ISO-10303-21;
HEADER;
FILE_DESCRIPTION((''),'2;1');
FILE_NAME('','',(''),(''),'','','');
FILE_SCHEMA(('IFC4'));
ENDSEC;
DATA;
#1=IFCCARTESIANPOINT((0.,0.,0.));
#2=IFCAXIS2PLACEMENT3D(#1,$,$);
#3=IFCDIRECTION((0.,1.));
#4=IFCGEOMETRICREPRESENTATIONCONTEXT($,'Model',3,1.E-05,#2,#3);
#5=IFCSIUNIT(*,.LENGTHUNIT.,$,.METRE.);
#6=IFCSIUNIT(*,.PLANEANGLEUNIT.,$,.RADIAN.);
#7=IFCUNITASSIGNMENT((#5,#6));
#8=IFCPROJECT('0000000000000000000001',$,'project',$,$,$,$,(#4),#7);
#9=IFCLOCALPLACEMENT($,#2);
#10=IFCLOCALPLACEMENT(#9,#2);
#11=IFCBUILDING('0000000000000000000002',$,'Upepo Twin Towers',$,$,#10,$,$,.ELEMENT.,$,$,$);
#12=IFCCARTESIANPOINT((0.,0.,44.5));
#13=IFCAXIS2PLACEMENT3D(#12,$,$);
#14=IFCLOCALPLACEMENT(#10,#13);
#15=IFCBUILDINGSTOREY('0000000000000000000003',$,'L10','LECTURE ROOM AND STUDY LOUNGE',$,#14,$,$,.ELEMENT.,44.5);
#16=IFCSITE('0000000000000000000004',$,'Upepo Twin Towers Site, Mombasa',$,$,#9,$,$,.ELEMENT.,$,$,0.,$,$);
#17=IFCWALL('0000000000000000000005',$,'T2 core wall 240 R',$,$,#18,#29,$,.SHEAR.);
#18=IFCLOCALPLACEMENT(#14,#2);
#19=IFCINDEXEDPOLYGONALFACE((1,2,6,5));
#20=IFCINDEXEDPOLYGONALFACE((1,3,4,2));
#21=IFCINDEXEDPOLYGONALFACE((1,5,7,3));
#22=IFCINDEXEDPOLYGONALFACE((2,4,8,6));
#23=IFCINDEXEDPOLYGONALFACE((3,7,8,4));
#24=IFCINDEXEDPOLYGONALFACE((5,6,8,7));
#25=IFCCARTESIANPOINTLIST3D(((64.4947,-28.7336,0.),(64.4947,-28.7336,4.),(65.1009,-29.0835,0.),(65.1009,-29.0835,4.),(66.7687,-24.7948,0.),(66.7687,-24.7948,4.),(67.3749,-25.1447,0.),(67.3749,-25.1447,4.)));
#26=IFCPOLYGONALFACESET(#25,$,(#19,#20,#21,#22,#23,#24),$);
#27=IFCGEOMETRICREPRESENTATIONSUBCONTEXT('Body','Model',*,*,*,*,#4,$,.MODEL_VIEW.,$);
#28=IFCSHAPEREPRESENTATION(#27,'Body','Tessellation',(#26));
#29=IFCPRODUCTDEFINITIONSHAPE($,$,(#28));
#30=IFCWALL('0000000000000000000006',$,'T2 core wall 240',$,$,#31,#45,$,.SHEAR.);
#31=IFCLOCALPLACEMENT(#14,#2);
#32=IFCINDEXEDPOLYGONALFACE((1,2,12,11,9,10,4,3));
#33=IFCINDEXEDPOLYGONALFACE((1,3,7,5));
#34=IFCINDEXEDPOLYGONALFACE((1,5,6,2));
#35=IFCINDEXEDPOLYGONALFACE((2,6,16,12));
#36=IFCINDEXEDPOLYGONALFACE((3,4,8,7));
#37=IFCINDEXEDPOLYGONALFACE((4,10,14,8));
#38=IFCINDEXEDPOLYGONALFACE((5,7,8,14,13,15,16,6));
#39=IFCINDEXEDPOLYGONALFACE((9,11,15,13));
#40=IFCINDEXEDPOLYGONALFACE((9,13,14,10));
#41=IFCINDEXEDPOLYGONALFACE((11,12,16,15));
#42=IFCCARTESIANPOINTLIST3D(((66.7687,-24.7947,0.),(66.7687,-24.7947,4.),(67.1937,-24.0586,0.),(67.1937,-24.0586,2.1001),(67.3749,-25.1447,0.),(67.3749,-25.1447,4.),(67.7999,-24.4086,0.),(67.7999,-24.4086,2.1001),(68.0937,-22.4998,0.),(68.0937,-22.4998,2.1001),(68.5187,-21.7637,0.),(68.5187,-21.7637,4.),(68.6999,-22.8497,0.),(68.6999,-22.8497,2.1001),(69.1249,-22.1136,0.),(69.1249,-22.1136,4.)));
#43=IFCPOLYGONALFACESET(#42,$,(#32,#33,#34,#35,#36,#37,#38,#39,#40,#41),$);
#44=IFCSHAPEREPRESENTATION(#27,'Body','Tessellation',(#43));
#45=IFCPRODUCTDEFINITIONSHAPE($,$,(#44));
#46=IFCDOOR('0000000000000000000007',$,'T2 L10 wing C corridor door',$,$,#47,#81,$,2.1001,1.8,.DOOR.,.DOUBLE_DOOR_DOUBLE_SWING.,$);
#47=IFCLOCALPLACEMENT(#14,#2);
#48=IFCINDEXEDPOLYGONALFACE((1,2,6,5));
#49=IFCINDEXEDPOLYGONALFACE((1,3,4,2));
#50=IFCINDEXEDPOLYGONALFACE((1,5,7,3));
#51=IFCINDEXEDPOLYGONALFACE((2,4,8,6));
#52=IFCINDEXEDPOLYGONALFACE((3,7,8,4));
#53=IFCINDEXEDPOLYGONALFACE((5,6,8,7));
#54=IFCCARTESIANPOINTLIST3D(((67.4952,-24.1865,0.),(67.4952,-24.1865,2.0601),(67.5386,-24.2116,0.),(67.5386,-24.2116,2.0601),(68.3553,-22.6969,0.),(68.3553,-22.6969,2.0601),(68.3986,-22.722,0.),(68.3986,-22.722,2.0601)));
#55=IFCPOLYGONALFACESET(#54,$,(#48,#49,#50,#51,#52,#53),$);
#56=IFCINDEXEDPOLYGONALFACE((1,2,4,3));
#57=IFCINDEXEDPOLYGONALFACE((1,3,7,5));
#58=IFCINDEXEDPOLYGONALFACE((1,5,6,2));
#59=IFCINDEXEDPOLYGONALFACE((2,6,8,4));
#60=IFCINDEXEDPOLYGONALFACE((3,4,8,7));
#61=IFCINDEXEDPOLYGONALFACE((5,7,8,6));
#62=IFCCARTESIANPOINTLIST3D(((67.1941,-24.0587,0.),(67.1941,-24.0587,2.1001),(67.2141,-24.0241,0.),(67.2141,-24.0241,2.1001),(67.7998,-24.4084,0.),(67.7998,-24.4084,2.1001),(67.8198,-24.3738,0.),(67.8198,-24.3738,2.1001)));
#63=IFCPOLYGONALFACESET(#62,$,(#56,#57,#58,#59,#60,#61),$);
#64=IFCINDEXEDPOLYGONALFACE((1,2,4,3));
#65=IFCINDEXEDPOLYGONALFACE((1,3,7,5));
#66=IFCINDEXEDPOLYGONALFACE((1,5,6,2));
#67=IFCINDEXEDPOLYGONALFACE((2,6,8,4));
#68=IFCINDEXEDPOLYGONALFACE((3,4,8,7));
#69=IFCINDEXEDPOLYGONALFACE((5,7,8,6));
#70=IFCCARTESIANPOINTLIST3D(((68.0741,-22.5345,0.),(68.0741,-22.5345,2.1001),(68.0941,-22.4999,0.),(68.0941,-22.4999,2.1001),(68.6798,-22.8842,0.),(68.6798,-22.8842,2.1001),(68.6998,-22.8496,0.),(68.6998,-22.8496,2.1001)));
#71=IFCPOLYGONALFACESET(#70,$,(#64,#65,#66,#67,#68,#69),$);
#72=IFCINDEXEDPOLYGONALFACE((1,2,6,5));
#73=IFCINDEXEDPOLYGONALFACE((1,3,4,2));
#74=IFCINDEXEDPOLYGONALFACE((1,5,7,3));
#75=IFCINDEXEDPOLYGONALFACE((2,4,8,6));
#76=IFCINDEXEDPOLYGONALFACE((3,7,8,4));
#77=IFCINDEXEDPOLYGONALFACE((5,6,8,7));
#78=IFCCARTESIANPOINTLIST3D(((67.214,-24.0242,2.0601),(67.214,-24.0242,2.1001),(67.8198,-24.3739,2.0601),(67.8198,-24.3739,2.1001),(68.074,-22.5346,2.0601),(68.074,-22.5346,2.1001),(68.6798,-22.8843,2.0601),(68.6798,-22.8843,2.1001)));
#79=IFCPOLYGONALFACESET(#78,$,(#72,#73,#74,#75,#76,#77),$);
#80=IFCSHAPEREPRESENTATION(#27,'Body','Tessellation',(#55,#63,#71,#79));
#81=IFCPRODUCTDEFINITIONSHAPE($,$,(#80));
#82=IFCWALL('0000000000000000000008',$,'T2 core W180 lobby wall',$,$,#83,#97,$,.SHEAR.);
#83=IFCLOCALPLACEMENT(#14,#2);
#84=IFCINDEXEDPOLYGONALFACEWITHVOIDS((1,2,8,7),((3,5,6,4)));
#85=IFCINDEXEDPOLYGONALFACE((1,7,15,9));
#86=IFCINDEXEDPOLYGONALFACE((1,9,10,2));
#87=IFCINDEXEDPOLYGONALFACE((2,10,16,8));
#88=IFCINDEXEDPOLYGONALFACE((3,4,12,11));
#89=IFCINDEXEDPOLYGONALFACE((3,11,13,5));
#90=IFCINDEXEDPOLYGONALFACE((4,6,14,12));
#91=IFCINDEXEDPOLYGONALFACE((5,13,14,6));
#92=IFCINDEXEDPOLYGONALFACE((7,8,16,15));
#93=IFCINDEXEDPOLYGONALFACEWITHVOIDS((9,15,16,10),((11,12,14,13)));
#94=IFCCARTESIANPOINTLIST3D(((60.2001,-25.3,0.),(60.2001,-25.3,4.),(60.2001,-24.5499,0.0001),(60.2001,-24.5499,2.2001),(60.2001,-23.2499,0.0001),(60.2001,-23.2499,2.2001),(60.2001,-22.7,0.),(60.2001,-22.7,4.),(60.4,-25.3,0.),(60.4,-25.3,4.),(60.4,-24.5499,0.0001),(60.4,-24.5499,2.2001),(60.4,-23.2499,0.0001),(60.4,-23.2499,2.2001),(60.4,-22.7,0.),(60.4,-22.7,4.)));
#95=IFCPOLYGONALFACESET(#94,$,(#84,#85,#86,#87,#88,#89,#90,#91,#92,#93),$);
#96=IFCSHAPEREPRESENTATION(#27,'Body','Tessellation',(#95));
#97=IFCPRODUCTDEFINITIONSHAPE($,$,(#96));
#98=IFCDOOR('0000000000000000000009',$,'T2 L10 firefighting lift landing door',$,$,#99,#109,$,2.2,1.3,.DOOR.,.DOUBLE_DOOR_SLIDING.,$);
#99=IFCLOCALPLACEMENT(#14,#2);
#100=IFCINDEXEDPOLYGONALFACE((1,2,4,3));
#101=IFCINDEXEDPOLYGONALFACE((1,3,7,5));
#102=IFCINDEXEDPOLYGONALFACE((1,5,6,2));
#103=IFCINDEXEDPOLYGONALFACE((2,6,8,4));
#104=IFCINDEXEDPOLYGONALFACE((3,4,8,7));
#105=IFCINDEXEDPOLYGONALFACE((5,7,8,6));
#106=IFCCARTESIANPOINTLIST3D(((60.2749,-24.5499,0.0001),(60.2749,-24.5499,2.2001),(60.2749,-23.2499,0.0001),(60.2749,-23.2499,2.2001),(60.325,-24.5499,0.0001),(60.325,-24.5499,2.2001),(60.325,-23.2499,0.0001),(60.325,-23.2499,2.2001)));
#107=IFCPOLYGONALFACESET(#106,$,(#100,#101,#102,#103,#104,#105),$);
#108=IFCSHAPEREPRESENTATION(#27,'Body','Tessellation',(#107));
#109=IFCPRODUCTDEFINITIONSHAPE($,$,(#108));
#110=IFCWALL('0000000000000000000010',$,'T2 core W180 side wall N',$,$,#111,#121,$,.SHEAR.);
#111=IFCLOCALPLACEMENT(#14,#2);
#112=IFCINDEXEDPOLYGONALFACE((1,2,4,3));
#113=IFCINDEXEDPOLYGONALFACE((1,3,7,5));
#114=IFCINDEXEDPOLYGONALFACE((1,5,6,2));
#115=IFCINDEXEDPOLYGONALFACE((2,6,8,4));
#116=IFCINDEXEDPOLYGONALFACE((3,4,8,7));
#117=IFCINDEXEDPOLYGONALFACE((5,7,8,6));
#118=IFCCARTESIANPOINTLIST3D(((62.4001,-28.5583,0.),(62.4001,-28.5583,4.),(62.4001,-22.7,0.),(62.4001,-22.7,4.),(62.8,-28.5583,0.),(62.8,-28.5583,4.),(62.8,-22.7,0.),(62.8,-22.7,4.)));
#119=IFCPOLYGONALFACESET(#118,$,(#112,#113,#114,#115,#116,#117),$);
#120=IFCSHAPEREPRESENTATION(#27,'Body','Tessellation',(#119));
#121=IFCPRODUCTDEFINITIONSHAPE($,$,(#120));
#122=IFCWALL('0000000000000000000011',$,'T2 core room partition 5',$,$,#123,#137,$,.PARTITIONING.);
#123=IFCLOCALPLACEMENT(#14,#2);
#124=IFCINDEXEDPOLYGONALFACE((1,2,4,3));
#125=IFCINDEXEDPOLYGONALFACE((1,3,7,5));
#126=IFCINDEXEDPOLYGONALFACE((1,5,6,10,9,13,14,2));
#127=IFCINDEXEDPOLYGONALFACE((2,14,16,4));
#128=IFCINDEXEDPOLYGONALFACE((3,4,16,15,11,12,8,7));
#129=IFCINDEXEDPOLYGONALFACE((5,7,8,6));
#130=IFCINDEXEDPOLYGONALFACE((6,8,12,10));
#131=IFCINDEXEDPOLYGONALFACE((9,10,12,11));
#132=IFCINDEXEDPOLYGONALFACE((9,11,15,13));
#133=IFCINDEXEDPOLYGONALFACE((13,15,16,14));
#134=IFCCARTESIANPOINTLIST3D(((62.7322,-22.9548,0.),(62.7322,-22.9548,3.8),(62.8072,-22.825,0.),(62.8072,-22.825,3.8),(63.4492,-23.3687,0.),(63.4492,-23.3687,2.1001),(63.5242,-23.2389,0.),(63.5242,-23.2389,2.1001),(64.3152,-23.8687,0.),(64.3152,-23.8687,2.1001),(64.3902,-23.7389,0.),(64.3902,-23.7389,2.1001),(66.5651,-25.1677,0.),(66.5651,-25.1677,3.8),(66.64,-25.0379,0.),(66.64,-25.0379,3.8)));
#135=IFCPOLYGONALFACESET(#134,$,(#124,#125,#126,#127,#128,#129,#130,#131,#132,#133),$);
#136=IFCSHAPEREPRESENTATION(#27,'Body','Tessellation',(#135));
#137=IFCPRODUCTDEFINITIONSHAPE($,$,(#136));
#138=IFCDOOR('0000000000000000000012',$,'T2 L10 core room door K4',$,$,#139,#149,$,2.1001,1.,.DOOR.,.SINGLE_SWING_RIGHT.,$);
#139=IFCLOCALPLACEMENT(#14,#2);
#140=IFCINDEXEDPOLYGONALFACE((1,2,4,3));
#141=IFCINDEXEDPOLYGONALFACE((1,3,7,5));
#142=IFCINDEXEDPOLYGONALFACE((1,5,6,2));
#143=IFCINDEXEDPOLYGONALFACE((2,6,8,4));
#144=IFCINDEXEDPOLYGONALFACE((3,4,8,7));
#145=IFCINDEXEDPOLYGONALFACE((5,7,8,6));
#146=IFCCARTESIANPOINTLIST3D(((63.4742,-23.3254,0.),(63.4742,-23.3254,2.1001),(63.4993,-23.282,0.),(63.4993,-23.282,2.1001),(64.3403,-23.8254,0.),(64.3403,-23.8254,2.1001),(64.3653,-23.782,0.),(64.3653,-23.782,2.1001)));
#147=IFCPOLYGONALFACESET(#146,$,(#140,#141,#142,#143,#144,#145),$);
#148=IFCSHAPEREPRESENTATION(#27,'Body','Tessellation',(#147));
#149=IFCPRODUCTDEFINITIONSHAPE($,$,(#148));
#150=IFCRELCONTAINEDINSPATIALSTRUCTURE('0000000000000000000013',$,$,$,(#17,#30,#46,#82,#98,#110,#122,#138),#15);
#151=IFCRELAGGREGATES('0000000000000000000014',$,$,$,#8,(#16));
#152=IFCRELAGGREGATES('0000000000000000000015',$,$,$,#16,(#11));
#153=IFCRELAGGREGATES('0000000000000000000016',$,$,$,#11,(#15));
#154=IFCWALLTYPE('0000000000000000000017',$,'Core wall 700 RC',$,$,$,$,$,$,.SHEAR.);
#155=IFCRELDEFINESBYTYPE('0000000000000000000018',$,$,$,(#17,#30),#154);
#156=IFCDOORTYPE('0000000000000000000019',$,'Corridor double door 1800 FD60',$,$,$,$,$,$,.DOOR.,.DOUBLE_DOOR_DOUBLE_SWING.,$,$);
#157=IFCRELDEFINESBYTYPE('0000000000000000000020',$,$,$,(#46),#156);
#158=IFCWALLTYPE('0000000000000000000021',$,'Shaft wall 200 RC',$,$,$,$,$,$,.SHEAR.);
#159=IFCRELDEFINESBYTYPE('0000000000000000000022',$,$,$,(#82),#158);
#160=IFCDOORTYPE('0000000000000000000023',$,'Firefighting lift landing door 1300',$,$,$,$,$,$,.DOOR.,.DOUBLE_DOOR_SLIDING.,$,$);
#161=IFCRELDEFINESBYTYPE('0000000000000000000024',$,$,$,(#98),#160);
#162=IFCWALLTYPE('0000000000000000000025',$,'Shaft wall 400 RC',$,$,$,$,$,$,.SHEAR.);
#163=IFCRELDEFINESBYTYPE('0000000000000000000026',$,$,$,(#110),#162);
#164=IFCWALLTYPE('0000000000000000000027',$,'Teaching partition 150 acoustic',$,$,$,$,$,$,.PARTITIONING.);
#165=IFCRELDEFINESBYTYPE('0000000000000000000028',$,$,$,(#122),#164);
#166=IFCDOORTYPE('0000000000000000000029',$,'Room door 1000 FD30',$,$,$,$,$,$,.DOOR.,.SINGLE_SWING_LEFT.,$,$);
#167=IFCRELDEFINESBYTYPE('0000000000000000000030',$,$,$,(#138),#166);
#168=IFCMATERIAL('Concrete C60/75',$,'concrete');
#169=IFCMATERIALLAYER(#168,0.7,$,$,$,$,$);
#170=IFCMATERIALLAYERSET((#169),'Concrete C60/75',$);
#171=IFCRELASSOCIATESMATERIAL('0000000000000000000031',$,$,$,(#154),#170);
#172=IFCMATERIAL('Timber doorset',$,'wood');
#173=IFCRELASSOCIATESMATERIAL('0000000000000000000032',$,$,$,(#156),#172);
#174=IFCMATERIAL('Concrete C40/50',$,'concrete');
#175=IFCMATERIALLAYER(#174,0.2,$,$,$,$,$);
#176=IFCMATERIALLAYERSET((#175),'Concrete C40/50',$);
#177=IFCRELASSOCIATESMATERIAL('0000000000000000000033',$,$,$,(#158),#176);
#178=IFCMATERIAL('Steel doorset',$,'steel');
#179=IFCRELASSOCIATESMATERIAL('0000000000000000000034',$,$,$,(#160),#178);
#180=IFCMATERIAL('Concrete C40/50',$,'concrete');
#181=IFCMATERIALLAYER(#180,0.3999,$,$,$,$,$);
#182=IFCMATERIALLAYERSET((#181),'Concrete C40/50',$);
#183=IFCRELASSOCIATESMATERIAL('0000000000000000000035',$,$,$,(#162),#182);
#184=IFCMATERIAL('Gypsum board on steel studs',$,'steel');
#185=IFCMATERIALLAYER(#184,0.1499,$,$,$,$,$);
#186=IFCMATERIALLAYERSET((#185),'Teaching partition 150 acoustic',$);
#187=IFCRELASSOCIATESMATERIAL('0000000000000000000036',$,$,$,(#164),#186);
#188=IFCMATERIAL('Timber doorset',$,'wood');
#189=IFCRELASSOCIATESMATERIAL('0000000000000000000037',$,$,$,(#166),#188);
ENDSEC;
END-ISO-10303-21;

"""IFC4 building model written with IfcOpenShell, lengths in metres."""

from ifc_helpers import new_model, si_unit, direction, frame, frame_2d, origin, place, context, subcontext, project, spatial, rectangle, extrude, material, layer, layer_set, type_object, element, fill, save


model = new_model("IFC4")

# Units and contexts
model_context = context("Model", 3, precision=1e-05, world=origin(), true_north=direction((0.0, 1.0)))
body_context = subcontext(model_context, "Body", "Model", "MODEL_VIEW")
ifc_project = project(units=[si_unit("LENGTHUNIT", "METRE"), si_unit("PLANEANGLEUNIT", "RADIAN")], contexts=[model_context])

# Site, building, storey
site_placement = place(None, origin())
site = spatial("IfcSite", under=ifc_project, at=site_placement, Name="Upepo Twin Towers Site, Mombasa", CompositionType="ELEMENT", RefElevation=0.0)
building_placement = place(site_placement, origin())
building = spatial("IfcBuilding", under=site, at=building_placement, Name="Upepo Twin Towers", CompositionType="ELEMENT")
storey_placement = place(building_placement, frame((0.0, 0.0, 44.5)))
storey = spatial("IfcBuildingStorey", under=building, at=storey_placement, Name="L10", Description="LECTURE ROOM AND STUDY LOUNGE", CompositionType="ELEMENT", Elevation=44.5)

# Wall
ifc_material_1 = material(Name="Concrete C60/75", Category="concrete")
ifc_layer_1 = layer(ifc_material_1, 0.7)
ifc_layer_set_1 = layer_set([ifc_layer_1], Name="Concrete C60/75")
wall_type_1 = type_object("IfcWallType", Name="Core wall 700 RC", PredefinedType="SHEAR", material=ifc_layer_set_1)
wall_1_placement = place(storey_placement, frame((64.7979, -28.9084, 0.0), z_axis=(0.0, 0.0, 1.0), x_axis=(0.499984, 0.866035, 0.0)))
element("IfcWall", 1, at=wall_1_placement, inside=storey, type_object=wall_type_1, Name="T2 core wall 240 R", PredefinedType="SHEAR", context=body_context, shape_type="SweptSolid", body=[
    extrude(rectangle(XDim=4.5481, YDim=0.7, at=frame_2d((2.2739, 0.0))), origin(), (0.0, 0.0, 1.0), 4.0),
])

# Walls, openings, doors
wall_2_placement = place(storey_placement, frame((67.0718, -24.9697, 0.0), z_axis=(0.0, 0.0, 1.0), x_axis=(0.50001, 0.866019, 0.0)))
wall_2 = element("IfcWall", 2, at=wall_2_placement, inside=storey, type_object=wall_type_1, Name="T2 core wall 240", PredefinedType="SHEAR", context=body_context, shape_type="SweptSolid", body=[
    extrude(rectangle(XDim=3.5, YDim=0.7, at=frame_2d((1.75, 0.0))), origin(), (0.0, 0.0, 1.0), 4.0),
])
opening_1_placement = place(wall_2_placement, frame((0.8501, 0.0, 0.0)))
opening_1 = element("IfcOpeningElement", 3, at=opening_1_placement, cuts=wall_2, PredefinedType="OPENING", context=body_context, shape_type="SweptSolid", body=[
    extrude(rectangle(XDim=1.8, YDim=2.1001, at=frame_2d((0.8999, 1.05))), frame((0.0, 0.3599, 0.0), z_axis=(0.0, -1.0, 0.0), x_axis=(1.0, 0.0, 0.0)), (0.0, 0.0, 1.0), 0.72),
])
ifc_material_2 = material(Name="Timber doorset", Category="wood")
door_type_1 = type_object("IfcDoorType", Name="Corridor double door 1800 FD60", OperationType="DOUBLE_DOOR_DOUBLE_SWING", PredefinedType="DOOR", material=ifc_material_2)
door_1_placement = place(opening_1_placement, origin())
door_1 = element("IfcDoor", 4, at=door_1_placement, inside=storey, type_object=door_type_1, Name="T2 L10 wing C corridor door", OperationType="DOUBLE_DOOR_DOUBLE_SWING", OverallHeight=2.1001, OverallWidth=1.8, PredefinedType="DOOR", context=body_context, shape_type="SweptSolid", body=[
    extrude(rectangle(XDim=1.72, YDim=2.0601, at=frame_2d((0.8999, 1.03))), frame((0.0, 0.0249, 0.0), z_axis=(0.0, -1.0, 0.0), x_axis=(1.0, 0.0, 0.0)), (0.0, 0.0, 1.0), 0.05),
    extrude(rectangle(XDim=0.04, YDim=2.1001, at=frame_2d((0.02, 1.05))), frame((0.0, 0.3496, 0.0), z_axis=(0.0, -1.0, 0.0), x_axis=(1.0, 0.0, 0.0)), (0.0, 0.0, 1.0), 0.6995),
    extrude(rectangle(XDim=0.04, YDim=2.1001, at=frame_2d((1.78, 1.05))), frame((0.0, 0.3496, 0.0), z_axis=(0.0, -1.0, 0.0), x_axis=(1.0, 0.0, 0.0)), (0.0, 0.0, 1.0), 0.6995),
    extrude(rectangle(XDim=1.72, YDim=0.04, at=frame_2d((0.8999, 2.0801))), frame((0.0, 0.3496, 0.0), z_axis=(0.0, -1.0, 0.0), x_axis=(1.0, 0.0, 0.0)), (0.0, 0.0, 1.0), 0.6995),
])
fill(opening_1, door_1)
ifc_material_3 = material(Name="Concrete C40/50", Category="concrete")
ifc_layer_2 = layer(ifc_material_3, 0.2)
ifc_layer_set_2 = layer_set([ifc_layer_2], Name="Concrete C40/50")
wall_type_2 = type_object("IfcWallType", Name="Shaft wall 200 RC", PredefinedType="SHEAR", material=ifc_layer_set_2)
wall_3_placement = place(storey_placement, frame((60.3, -22.7, 0.0), z_axis=(0.0, 0.0, 1.0), x_axis=(0.0, -1.0, 0.0)))
wall_3 = element("IfcWall", 5, at=wall_3_placement, inside=storey, type_object=wall_type_2, Name="T2 core W180 lobby wall", PredefinedType="SHEAR", context=body_context, shape_type="SweptSolid", body=[
    extrude(rectangle(XDim=2.6001, YDim=0.2, at=frame_2d((1.3, 0.0))), origin(), (0.0, 0.0, 1.0), 4.0),
])
opening_2_placement = place(wall_3_placement, frame((0.55, 0.0, 0.0)))
opening_2 = element("IfcOpeningElement", 6, at=opening_2_placement, cuts=wall_3, PredefinedType="OPENING", context=body_context, shape_type="SweptSolid", body=[
    extrude(rectangle(XDim=1.3, YDim=2.2, at=frame_2d((0.6499, 1.1001))), frame((0.0, 0.1099, 0.0), z_axis=(0.0, -1.0, 0.0), x_axis=(1.0, 0.0, 0.0)), (0.0, 0.0, 1.0), 0.22),
])
ifc_material_4 = material(Name="Steel doorset", Category="steel")
door_type_2 = type_object("IfcDoorType", Name="Firefighting lift landing door 1300", OperationType="DOUBLE_DOOR_SLIDING", PredefinedType="DOOR", material=ifc_material_4)
door_2_placement = place(opening_2_placement, origin())
door_2 = element("IfcDoor", 7, at=door_2_placement, inside=storey, type_object=door_type_2, Name="T2 L10 firefighting lift landing door", OperationType="DOUBLE_DOOR_SLIDING", OverallHeight=2.2, OverallWidth=1.3, PredefinedType="DOOR", context=body_context, shape_type="SweptSolid", body=[
    extrude(rectangle(XDim=1.3, YDim=2.2, at=frame_2d((0.6499, 1.1001))), frame((0.0, 0.0249, 0.0), z_axis=(0.0, -1.0, 0.0), x_axis=(1.0, 0.0, 0.0)), (0.0, 0.0, 1.0), 0.05),
])
fill(opening_2, door_2)

# Wall
ifc_material_5 = material(Name="Concrete C40/50", Category="concrete")
ifc_layer_3 = layer(ifc_material_5, 0.3999)
ifc_layer_set_3 = layer_set([ifc_layer_3], Name="Concrete C40/50")
wall_type_3 = type_object("IfcWallType", Name="Shaft wall 400 RC", PredefinedType="SHEAR", material=ifc_layer_set_3)
wall_4_placement = place(storey_placement, frame((62.6001, -22.7, 0.0), z_axis=(0.0, 0.0, 1.0), x_axis=(0.0, -1.0, 0.0)))
element("IfcWall", 8, at=wall_4_placement, inside=storey, type_object=wall_type_3, Name="T2 core W180 side wall N", PredefinedType="SHEAR", context=body_context, shape_type="SweptSolid", body=[
    extrude(rectangle(XDim=5.8584, YDim=0.3999, at=frame_2d((2.9292, 0.0))), origin(), (0.0, 0.0, 1.0), 4.0),
])

# Wall, opening, door
ifc_material_6 = material(Name="Gypsum board on steel studs", Category="steel")
ifc_layer_4 = layer(ifc_material_6, 0.1499)
ifc_layer_set_4 = layer_set([ifc_layer_4], Name="Teaching partition 150 acoustic")
wall_type_4 = type_object("IfcWallType", Name="Teaching partition 150 acoustic", PredefinedType="PARTITIONING", material=ifc_layer_set_4)
wall_5_placement = place(storey_placement, frame((66.6025, -25.1028, 0.0), z_axis=(0.0, 0.0, 1.0), x_axis=(-0.866021, 0.500007, 0.0)))
wall_5 = element("IfcWall", 9, at=wall_5_placement, inside=storey, type_object=wall_type_4, Name="T2 core room partition 5", PredefinedType="PARTITIONING", context=body_context, shape_type="SweptSolid", body=[
    extrude(rectangle(XDim=4.4258, YDim=0.1499, at=frame_2d((2.2129, 0.0))), origin(), (0.0, 0.0, 1.0), 3.8),
])
opening_3_placement = place(wall_5_placement, frame((2.5979, 0.0, 0.0)))
opening_3 = element("IfcOpeningElement", 10, at=opening_3_placement, cuts=wall_5, PredefinedType="OPENING", context=body_context, shape_type="SweptSolid", body=[
    extrude(rectangle(XDim=1.0, YDim=2.1001, at=frame_2d((0.5, 1.05))), frame((0.0, 0.085, 0.0), z_axis=(0.0, -1.0, 0.0), x_axis=(1.0, 0.0, 0.0)), (0.0, 0.0, 1.0), 0.1699),
])
ifc_material_7 = material(Name="Timber doorset", Category="wood")
door_type_3 = type_object("IfcDoorType", Name="Room door 1000 FD30", OperationType="SINGLE_SWING_LEFT", PredefinedType="DOOR", material=ifc_material_7)
door_3_placement = place(opening_3_placement, origin())
door_3 = element("IfcDoor", 11, at=door_3_placement, inside=storey, type_object=door_type_3, Name="T2 L10 core room door K4", OperationType="SINGLE_SWING_RIGHT", OverallHeight=2.1001, OverallWidth=1.0, PredefinedType="DOOR", context=body_context, shape_type="SweptSolid", body=[
    extrude(rectangle(XDim=1.0, YDim=2.1001, at=frame_2d((0.5, 1.05))), frame((0.0, 0.0249, 0.0), z_axis=(0.0, -1.0, 0.0), x_axis=(1.0, 0.0, 0.0)), (0.0, 0.0, 1.0), 0.05),
])
fill(opening_3, door_3)

save(model, "model.ifc")
